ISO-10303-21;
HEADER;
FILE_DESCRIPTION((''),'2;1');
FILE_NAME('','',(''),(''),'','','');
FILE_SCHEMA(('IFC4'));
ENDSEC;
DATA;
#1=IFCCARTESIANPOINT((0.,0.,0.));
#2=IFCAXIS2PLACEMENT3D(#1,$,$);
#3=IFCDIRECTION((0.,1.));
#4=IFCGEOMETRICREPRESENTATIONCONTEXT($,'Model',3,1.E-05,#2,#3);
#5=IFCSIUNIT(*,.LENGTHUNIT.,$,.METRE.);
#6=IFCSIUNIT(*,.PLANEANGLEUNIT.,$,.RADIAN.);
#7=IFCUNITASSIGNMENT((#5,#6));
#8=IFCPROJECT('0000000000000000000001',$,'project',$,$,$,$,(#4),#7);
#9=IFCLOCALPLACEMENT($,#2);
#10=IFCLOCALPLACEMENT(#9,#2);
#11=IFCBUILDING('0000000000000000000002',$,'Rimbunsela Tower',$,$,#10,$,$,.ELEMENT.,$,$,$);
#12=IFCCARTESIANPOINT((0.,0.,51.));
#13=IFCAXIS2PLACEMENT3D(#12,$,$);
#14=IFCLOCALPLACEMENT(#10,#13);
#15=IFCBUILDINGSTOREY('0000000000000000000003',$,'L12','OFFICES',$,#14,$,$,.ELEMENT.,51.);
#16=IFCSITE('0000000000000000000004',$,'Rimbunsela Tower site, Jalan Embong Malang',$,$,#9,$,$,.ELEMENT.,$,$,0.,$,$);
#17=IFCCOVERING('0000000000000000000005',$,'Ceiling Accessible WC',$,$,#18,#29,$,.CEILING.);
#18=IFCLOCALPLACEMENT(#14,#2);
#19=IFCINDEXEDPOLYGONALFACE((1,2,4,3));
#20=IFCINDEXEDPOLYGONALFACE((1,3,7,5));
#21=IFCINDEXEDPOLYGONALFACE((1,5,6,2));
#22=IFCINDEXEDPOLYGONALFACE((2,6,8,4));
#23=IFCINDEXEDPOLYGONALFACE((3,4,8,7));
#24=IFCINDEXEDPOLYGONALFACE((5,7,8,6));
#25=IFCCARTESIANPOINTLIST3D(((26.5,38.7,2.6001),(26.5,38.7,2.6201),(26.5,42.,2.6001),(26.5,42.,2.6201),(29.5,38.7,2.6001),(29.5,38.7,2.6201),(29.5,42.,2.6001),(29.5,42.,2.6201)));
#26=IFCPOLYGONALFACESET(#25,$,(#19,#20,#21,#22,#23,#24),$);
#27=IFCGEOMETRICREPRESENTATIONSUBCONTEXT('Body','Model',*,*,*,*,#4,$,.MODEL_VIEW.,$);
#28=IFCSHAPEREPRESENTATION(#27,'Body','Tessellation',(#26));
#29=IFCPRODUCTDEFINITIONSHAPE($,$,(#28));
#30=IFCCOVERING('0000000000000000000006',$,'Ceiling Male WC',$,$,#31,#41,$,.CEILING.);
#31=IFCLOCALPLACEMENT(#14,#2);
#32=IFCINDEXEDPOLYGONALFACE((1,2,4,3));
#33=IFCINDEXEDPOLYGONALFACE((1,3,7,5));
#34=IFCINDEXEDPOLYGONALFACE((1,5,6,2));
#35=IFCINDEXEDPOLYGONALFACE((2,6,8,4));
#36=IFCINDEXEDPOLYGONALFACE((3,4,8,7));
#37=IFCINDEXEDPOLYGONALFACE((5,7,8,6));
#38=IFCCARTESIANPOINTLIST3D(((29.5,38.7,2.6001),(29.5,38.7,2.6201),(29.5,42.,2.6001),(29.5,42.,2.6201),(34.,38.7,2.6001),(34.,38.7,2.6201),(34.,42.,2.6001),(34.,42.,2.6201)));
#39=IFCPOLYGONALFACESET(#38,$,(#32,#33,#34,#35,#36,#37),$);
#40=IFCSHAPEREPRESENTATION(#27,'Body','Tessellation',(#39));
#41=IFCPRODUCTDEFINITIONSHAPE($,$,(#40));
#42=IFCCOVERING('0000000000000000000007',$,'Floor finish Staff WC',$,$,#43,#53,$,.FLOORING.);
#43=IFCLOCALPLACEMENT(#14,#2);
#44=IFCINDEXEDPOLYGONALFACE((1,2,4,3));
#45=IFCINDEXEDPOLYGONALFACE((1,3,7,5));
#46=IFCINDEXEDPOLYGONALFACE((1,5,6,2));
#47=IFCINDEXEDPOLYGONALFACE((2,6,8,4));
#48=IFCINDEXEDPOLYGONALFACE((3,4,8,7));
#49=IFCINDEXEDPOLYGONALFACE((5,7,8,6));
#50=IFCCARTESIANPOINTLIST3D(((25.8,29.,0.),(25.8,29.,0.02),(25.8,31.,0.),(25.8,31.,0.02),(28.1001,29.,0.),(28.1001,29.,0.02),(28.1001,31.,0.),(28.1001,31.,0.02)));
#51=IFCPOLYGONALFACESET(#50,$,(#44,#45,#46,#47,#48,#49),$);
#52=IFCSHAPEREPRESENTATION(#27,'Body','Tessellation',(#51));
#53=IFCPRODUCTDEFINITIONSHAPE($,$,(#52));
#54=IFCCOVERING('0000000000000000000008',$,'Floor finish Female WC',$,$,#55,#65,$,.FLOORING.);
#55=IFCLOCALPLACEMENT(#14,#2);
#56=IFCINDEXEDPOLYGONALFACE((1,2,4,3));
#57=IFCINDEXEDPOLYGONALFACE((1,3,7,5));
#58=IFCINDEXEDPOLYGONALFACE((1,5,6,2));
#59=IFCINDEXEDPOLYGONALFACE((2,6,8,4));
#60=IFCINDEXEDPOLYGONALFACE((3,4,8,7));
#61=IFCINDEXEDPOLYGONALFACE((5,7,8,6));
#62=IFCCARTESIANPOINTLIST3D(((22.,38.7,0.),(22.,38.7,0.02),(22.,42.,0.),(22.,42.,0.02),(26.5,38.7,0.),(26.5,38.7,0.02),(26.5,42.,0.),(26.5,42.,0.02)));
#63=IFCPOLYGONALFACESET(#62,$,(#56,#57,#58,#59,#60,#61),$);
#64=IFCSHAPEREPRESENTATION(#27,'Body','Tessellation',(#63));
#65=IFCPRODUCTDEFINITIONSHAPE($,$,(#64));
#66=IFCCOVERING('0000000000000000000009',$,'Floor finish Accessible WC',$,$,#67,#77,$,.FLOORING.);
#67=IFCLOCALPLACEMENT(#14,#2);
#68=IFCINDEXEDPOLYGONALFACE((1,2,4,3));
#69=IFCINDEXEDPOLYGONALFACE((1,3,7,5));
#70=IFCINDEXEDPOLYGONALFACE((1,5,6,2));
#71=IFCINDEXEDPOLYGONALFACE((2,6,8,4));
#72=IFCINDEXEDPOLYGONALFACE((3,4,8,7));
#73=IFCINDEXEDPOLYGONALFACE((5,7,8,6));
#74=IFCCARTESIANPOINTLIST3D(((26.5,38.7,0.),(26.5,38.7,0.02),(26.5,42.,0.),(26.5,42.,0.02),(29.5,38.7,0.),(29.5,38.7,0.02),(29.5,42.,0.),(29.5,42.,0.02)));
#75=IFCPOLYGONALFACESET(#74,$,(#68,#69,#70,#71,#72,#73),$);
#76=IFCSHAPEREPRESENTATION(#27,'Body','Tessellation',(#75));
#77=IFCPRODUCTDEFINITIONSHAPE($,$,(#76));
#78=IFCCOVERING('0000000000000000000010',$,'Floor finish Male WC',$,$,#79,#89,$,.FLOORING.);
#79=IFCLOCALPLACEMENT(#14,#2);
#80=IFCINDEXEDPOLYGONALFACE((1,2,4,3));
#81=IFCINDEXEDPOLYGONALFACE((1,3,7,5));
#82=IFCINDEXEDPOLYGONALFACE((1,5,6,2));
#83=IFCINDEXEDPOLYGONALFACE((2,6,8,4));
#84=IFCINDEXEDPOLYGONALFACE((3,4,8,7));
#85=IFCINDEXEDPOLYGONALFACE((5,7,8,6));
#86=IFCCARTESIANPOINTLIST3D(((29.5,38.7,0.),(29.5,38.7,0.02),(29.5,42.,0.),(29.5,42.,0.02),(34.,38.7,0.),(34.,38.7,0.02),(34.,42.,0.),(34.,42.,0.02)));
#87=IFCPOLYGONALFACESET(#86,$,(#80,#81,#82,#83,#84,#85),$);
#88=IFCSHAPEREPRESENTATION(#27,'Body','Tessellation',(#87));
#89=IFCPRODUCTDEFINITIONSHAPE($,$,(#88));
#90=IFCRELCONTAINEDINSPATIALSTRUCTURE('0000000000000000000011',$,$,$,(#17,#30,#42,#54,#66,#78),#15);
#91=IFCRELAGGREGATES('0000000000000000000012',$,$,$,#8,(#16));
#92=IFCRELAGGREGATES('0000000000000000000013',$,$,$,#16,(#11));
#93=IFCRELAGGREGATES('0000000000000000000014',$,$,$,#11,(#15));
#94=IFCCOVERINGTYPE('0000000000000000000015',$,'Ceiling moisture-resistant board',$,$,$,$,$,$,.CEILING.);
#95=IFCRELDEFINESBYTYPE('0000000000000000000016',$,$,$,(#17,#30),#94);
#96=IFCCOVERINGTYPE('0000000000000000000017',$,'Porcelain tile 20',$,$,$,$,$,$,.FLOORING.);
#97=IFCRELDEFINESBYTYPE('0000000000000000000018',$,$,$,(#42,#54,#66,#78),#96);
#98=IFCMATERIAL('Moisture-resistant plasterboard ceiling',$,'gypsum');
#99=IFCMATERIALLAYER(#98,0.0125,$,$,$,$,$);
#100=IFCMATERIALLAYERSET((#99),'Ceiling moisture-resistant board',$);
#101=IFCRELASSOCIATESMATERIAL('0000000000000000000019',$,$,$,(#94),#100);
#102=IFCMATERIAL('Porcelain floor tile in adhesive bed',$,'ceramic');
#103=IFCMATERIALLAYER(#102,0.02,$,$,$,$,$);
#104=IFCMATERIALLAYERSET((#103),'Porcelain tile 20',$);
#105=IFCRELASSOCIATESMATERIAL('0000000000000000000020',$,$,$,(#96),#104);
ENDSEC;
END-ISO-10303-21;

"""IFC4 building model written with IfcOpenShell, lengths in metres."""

from ifc_helpers import new_model, si_unit, direction, frame, origin, place, context, subcontext, project, spatial, polyline, outline, extrude, material, layer, layer_set, type_object, element, save


model = new_model("IFC4")

# Units and contexts
model_context = context("Model", 3, precision=1e-05, world=origin(), true_north=direction((0.0, 1.0)))
body_context = subcontext(model_context, "Body", "Model", "MODEL_VIEW")
ifc_project = project(units=[si_unit("LENGTHUNIT", "METRE"), si_unit("PLANEANGLEUNIT", "RADIAN")], contexts=[model_context])

# Site, building, storey
site_placement = place(None, origin())
site = spatial("IfcSite", under=ifc_project, at=site_placement, Name="Rimbunsela Tower site, Jalan Embong Malang", CompositionType="ELEMENT", RefElevation=0.0)
building_placement = place(site_placement, origin())
building = spatial("IfcBuilding", under=site, at=building_placement, Name="Rimbunsela Tower", CompositionType="ELEMENT")
storey_placement = place(building_placement, frame((0.0, 0.0, 51.0)))
storey = spatial("IfcBuildingStorey", under=building, at=storey_placement, Name="L12", Description="OFFICES", CompositionType="ELEMENT", Elevation=51.0)

# Coverings
ifc_material_1 = material(Name="Moisture-resistant plasterboard ceiling", Category="gypsum")
ifc_layer_1 = layer(ifc_material_1, 0.0125)
ifc_layer_set_1 = layer_set([ifc_layer_1], Name="Ceiling moisture-resistant board")
covering_type_1 = type_object("IfcCoveringType", Name="Ceiling moisture-resistant board", PredefinedType="CEILING", material=ifc_layer_set_1)
covering_1_placement = place(storey_placement, frame((0.0, 0.0, 2.6001)))
element("IfcCovering", 1, at=covering_1_placement, inside=storey, type_object=covering_type_1, Name="Ceiling Accessible WC", PredefinedType="CEILING", context=body_context, shape_type="SweptSolid", body=[
    extrude(outline(polyline([(29.5, 38.7), (29.5, 42.0), (26.5, 42.0), (26.5, 38.7), (29.5, 38.7)])), origin(), (0.0, 0.0, 1.0), 0.02),
])
covering_2_placement = place(storey_placement, frame((0.0, 0.0, 2.6001)))
element("IfcCovering", 2, at=covering_2_placement, inside=storey, type_object=covering_type_1, Name="Ceiling Male WC", PredefinedType="CEILING", context=body_context, shape_type="SweptSolid", body=[
    extrude(outline(polyline([(34.0, 38.7), (34.0, 42.0), (29.5, 42.0), (29.5, 38.7), (34.0, 38.7)])), origin(), (0.0, 0.0, 1.0), 0.02),
])
ifc_material_2 = material(Name="Porcelain floor tile in adhesive bed", Category="ceramic")
ifc_layer_2 = layer(ifc_material_2, 0.02)
ifc_layer_set_2 = layer_set([ifc_layer_2], Name="Porcelain tile 20")
covering_type_2 = type_object("IfcCoveringType", Name="Porcelain tile 20", PredefinedType="FLOORING", material=ifc_layer_set_2)
covering_3_placement = place(storey_placement, origin())
element("IfcCovering", 3, at=covering_3_placement, inside=storey, type_object=covering_type_2, Name="Floor finish Staff WC", PredefinedType="FLOORING", context=body_context, shape_type="SweptSolid", body=[
    extrude(outline(polyline([(28.1001, 29.0), (28.1001, 31.0), (25.8, 31.0), (25.8, 29.0), (28.1001, 29.0)])), origin(), (0.0, 0.0, 1.0), 0.02),
])
covering_4_placement = place(storey_placement, origin())
element("IfcCovering", 4, at=covering_4_placement, inside=storey, type_object=covering_type_2, Name="Floor finish Female WC", PredefinedType="FLOORING", context=body_context, shape_type="SweptSolid", body=[
    extrude(outline(polyline([(26.5, 38.7), (26.5, 42.0), (22.0, 42.0), (22.0, 38.7), (26.5, 38.7)])), origin(), (0.0, 0.0, 1.0), 0.02),
])
covering_5_placement = place(storey_placement, origin())
element("IfcCovering", 5, at=covering_5_placement, inside=storey, type_object=covering_type_2, Name="Floor finish Accessible WC", PredefinedType="FLOORING", context=body_context, shape_type="SweptSolid", body=[
    extrude(outline(polyline([(29.5, 38.7), (29.5, 42.0), (26.5, 42.0), (26.5, 38.7), (29.5, 38.7)])), origin(), (0.0, 0.0, 1.0), 0.02),
])
covering_6_placement = place(storey_placement, origin())
element("IfcCovering", 6, at=covering_6_placement, inside=storey, type_object=covering_type_2, Name="Floor finish Male WC", PredefinedType="FLOORING", context=body_context, shape_type="SweptSolid", body=[
    extrude(outline(polyline([(34.0, 38.7), (34.0, 42.0), (29.5, 42.0), (29.5, 38.7), (34.0, 38.7)])), origin(), (0.0, 0.0, 1.0), 0.02),
])

save(model, "model.ifc")
